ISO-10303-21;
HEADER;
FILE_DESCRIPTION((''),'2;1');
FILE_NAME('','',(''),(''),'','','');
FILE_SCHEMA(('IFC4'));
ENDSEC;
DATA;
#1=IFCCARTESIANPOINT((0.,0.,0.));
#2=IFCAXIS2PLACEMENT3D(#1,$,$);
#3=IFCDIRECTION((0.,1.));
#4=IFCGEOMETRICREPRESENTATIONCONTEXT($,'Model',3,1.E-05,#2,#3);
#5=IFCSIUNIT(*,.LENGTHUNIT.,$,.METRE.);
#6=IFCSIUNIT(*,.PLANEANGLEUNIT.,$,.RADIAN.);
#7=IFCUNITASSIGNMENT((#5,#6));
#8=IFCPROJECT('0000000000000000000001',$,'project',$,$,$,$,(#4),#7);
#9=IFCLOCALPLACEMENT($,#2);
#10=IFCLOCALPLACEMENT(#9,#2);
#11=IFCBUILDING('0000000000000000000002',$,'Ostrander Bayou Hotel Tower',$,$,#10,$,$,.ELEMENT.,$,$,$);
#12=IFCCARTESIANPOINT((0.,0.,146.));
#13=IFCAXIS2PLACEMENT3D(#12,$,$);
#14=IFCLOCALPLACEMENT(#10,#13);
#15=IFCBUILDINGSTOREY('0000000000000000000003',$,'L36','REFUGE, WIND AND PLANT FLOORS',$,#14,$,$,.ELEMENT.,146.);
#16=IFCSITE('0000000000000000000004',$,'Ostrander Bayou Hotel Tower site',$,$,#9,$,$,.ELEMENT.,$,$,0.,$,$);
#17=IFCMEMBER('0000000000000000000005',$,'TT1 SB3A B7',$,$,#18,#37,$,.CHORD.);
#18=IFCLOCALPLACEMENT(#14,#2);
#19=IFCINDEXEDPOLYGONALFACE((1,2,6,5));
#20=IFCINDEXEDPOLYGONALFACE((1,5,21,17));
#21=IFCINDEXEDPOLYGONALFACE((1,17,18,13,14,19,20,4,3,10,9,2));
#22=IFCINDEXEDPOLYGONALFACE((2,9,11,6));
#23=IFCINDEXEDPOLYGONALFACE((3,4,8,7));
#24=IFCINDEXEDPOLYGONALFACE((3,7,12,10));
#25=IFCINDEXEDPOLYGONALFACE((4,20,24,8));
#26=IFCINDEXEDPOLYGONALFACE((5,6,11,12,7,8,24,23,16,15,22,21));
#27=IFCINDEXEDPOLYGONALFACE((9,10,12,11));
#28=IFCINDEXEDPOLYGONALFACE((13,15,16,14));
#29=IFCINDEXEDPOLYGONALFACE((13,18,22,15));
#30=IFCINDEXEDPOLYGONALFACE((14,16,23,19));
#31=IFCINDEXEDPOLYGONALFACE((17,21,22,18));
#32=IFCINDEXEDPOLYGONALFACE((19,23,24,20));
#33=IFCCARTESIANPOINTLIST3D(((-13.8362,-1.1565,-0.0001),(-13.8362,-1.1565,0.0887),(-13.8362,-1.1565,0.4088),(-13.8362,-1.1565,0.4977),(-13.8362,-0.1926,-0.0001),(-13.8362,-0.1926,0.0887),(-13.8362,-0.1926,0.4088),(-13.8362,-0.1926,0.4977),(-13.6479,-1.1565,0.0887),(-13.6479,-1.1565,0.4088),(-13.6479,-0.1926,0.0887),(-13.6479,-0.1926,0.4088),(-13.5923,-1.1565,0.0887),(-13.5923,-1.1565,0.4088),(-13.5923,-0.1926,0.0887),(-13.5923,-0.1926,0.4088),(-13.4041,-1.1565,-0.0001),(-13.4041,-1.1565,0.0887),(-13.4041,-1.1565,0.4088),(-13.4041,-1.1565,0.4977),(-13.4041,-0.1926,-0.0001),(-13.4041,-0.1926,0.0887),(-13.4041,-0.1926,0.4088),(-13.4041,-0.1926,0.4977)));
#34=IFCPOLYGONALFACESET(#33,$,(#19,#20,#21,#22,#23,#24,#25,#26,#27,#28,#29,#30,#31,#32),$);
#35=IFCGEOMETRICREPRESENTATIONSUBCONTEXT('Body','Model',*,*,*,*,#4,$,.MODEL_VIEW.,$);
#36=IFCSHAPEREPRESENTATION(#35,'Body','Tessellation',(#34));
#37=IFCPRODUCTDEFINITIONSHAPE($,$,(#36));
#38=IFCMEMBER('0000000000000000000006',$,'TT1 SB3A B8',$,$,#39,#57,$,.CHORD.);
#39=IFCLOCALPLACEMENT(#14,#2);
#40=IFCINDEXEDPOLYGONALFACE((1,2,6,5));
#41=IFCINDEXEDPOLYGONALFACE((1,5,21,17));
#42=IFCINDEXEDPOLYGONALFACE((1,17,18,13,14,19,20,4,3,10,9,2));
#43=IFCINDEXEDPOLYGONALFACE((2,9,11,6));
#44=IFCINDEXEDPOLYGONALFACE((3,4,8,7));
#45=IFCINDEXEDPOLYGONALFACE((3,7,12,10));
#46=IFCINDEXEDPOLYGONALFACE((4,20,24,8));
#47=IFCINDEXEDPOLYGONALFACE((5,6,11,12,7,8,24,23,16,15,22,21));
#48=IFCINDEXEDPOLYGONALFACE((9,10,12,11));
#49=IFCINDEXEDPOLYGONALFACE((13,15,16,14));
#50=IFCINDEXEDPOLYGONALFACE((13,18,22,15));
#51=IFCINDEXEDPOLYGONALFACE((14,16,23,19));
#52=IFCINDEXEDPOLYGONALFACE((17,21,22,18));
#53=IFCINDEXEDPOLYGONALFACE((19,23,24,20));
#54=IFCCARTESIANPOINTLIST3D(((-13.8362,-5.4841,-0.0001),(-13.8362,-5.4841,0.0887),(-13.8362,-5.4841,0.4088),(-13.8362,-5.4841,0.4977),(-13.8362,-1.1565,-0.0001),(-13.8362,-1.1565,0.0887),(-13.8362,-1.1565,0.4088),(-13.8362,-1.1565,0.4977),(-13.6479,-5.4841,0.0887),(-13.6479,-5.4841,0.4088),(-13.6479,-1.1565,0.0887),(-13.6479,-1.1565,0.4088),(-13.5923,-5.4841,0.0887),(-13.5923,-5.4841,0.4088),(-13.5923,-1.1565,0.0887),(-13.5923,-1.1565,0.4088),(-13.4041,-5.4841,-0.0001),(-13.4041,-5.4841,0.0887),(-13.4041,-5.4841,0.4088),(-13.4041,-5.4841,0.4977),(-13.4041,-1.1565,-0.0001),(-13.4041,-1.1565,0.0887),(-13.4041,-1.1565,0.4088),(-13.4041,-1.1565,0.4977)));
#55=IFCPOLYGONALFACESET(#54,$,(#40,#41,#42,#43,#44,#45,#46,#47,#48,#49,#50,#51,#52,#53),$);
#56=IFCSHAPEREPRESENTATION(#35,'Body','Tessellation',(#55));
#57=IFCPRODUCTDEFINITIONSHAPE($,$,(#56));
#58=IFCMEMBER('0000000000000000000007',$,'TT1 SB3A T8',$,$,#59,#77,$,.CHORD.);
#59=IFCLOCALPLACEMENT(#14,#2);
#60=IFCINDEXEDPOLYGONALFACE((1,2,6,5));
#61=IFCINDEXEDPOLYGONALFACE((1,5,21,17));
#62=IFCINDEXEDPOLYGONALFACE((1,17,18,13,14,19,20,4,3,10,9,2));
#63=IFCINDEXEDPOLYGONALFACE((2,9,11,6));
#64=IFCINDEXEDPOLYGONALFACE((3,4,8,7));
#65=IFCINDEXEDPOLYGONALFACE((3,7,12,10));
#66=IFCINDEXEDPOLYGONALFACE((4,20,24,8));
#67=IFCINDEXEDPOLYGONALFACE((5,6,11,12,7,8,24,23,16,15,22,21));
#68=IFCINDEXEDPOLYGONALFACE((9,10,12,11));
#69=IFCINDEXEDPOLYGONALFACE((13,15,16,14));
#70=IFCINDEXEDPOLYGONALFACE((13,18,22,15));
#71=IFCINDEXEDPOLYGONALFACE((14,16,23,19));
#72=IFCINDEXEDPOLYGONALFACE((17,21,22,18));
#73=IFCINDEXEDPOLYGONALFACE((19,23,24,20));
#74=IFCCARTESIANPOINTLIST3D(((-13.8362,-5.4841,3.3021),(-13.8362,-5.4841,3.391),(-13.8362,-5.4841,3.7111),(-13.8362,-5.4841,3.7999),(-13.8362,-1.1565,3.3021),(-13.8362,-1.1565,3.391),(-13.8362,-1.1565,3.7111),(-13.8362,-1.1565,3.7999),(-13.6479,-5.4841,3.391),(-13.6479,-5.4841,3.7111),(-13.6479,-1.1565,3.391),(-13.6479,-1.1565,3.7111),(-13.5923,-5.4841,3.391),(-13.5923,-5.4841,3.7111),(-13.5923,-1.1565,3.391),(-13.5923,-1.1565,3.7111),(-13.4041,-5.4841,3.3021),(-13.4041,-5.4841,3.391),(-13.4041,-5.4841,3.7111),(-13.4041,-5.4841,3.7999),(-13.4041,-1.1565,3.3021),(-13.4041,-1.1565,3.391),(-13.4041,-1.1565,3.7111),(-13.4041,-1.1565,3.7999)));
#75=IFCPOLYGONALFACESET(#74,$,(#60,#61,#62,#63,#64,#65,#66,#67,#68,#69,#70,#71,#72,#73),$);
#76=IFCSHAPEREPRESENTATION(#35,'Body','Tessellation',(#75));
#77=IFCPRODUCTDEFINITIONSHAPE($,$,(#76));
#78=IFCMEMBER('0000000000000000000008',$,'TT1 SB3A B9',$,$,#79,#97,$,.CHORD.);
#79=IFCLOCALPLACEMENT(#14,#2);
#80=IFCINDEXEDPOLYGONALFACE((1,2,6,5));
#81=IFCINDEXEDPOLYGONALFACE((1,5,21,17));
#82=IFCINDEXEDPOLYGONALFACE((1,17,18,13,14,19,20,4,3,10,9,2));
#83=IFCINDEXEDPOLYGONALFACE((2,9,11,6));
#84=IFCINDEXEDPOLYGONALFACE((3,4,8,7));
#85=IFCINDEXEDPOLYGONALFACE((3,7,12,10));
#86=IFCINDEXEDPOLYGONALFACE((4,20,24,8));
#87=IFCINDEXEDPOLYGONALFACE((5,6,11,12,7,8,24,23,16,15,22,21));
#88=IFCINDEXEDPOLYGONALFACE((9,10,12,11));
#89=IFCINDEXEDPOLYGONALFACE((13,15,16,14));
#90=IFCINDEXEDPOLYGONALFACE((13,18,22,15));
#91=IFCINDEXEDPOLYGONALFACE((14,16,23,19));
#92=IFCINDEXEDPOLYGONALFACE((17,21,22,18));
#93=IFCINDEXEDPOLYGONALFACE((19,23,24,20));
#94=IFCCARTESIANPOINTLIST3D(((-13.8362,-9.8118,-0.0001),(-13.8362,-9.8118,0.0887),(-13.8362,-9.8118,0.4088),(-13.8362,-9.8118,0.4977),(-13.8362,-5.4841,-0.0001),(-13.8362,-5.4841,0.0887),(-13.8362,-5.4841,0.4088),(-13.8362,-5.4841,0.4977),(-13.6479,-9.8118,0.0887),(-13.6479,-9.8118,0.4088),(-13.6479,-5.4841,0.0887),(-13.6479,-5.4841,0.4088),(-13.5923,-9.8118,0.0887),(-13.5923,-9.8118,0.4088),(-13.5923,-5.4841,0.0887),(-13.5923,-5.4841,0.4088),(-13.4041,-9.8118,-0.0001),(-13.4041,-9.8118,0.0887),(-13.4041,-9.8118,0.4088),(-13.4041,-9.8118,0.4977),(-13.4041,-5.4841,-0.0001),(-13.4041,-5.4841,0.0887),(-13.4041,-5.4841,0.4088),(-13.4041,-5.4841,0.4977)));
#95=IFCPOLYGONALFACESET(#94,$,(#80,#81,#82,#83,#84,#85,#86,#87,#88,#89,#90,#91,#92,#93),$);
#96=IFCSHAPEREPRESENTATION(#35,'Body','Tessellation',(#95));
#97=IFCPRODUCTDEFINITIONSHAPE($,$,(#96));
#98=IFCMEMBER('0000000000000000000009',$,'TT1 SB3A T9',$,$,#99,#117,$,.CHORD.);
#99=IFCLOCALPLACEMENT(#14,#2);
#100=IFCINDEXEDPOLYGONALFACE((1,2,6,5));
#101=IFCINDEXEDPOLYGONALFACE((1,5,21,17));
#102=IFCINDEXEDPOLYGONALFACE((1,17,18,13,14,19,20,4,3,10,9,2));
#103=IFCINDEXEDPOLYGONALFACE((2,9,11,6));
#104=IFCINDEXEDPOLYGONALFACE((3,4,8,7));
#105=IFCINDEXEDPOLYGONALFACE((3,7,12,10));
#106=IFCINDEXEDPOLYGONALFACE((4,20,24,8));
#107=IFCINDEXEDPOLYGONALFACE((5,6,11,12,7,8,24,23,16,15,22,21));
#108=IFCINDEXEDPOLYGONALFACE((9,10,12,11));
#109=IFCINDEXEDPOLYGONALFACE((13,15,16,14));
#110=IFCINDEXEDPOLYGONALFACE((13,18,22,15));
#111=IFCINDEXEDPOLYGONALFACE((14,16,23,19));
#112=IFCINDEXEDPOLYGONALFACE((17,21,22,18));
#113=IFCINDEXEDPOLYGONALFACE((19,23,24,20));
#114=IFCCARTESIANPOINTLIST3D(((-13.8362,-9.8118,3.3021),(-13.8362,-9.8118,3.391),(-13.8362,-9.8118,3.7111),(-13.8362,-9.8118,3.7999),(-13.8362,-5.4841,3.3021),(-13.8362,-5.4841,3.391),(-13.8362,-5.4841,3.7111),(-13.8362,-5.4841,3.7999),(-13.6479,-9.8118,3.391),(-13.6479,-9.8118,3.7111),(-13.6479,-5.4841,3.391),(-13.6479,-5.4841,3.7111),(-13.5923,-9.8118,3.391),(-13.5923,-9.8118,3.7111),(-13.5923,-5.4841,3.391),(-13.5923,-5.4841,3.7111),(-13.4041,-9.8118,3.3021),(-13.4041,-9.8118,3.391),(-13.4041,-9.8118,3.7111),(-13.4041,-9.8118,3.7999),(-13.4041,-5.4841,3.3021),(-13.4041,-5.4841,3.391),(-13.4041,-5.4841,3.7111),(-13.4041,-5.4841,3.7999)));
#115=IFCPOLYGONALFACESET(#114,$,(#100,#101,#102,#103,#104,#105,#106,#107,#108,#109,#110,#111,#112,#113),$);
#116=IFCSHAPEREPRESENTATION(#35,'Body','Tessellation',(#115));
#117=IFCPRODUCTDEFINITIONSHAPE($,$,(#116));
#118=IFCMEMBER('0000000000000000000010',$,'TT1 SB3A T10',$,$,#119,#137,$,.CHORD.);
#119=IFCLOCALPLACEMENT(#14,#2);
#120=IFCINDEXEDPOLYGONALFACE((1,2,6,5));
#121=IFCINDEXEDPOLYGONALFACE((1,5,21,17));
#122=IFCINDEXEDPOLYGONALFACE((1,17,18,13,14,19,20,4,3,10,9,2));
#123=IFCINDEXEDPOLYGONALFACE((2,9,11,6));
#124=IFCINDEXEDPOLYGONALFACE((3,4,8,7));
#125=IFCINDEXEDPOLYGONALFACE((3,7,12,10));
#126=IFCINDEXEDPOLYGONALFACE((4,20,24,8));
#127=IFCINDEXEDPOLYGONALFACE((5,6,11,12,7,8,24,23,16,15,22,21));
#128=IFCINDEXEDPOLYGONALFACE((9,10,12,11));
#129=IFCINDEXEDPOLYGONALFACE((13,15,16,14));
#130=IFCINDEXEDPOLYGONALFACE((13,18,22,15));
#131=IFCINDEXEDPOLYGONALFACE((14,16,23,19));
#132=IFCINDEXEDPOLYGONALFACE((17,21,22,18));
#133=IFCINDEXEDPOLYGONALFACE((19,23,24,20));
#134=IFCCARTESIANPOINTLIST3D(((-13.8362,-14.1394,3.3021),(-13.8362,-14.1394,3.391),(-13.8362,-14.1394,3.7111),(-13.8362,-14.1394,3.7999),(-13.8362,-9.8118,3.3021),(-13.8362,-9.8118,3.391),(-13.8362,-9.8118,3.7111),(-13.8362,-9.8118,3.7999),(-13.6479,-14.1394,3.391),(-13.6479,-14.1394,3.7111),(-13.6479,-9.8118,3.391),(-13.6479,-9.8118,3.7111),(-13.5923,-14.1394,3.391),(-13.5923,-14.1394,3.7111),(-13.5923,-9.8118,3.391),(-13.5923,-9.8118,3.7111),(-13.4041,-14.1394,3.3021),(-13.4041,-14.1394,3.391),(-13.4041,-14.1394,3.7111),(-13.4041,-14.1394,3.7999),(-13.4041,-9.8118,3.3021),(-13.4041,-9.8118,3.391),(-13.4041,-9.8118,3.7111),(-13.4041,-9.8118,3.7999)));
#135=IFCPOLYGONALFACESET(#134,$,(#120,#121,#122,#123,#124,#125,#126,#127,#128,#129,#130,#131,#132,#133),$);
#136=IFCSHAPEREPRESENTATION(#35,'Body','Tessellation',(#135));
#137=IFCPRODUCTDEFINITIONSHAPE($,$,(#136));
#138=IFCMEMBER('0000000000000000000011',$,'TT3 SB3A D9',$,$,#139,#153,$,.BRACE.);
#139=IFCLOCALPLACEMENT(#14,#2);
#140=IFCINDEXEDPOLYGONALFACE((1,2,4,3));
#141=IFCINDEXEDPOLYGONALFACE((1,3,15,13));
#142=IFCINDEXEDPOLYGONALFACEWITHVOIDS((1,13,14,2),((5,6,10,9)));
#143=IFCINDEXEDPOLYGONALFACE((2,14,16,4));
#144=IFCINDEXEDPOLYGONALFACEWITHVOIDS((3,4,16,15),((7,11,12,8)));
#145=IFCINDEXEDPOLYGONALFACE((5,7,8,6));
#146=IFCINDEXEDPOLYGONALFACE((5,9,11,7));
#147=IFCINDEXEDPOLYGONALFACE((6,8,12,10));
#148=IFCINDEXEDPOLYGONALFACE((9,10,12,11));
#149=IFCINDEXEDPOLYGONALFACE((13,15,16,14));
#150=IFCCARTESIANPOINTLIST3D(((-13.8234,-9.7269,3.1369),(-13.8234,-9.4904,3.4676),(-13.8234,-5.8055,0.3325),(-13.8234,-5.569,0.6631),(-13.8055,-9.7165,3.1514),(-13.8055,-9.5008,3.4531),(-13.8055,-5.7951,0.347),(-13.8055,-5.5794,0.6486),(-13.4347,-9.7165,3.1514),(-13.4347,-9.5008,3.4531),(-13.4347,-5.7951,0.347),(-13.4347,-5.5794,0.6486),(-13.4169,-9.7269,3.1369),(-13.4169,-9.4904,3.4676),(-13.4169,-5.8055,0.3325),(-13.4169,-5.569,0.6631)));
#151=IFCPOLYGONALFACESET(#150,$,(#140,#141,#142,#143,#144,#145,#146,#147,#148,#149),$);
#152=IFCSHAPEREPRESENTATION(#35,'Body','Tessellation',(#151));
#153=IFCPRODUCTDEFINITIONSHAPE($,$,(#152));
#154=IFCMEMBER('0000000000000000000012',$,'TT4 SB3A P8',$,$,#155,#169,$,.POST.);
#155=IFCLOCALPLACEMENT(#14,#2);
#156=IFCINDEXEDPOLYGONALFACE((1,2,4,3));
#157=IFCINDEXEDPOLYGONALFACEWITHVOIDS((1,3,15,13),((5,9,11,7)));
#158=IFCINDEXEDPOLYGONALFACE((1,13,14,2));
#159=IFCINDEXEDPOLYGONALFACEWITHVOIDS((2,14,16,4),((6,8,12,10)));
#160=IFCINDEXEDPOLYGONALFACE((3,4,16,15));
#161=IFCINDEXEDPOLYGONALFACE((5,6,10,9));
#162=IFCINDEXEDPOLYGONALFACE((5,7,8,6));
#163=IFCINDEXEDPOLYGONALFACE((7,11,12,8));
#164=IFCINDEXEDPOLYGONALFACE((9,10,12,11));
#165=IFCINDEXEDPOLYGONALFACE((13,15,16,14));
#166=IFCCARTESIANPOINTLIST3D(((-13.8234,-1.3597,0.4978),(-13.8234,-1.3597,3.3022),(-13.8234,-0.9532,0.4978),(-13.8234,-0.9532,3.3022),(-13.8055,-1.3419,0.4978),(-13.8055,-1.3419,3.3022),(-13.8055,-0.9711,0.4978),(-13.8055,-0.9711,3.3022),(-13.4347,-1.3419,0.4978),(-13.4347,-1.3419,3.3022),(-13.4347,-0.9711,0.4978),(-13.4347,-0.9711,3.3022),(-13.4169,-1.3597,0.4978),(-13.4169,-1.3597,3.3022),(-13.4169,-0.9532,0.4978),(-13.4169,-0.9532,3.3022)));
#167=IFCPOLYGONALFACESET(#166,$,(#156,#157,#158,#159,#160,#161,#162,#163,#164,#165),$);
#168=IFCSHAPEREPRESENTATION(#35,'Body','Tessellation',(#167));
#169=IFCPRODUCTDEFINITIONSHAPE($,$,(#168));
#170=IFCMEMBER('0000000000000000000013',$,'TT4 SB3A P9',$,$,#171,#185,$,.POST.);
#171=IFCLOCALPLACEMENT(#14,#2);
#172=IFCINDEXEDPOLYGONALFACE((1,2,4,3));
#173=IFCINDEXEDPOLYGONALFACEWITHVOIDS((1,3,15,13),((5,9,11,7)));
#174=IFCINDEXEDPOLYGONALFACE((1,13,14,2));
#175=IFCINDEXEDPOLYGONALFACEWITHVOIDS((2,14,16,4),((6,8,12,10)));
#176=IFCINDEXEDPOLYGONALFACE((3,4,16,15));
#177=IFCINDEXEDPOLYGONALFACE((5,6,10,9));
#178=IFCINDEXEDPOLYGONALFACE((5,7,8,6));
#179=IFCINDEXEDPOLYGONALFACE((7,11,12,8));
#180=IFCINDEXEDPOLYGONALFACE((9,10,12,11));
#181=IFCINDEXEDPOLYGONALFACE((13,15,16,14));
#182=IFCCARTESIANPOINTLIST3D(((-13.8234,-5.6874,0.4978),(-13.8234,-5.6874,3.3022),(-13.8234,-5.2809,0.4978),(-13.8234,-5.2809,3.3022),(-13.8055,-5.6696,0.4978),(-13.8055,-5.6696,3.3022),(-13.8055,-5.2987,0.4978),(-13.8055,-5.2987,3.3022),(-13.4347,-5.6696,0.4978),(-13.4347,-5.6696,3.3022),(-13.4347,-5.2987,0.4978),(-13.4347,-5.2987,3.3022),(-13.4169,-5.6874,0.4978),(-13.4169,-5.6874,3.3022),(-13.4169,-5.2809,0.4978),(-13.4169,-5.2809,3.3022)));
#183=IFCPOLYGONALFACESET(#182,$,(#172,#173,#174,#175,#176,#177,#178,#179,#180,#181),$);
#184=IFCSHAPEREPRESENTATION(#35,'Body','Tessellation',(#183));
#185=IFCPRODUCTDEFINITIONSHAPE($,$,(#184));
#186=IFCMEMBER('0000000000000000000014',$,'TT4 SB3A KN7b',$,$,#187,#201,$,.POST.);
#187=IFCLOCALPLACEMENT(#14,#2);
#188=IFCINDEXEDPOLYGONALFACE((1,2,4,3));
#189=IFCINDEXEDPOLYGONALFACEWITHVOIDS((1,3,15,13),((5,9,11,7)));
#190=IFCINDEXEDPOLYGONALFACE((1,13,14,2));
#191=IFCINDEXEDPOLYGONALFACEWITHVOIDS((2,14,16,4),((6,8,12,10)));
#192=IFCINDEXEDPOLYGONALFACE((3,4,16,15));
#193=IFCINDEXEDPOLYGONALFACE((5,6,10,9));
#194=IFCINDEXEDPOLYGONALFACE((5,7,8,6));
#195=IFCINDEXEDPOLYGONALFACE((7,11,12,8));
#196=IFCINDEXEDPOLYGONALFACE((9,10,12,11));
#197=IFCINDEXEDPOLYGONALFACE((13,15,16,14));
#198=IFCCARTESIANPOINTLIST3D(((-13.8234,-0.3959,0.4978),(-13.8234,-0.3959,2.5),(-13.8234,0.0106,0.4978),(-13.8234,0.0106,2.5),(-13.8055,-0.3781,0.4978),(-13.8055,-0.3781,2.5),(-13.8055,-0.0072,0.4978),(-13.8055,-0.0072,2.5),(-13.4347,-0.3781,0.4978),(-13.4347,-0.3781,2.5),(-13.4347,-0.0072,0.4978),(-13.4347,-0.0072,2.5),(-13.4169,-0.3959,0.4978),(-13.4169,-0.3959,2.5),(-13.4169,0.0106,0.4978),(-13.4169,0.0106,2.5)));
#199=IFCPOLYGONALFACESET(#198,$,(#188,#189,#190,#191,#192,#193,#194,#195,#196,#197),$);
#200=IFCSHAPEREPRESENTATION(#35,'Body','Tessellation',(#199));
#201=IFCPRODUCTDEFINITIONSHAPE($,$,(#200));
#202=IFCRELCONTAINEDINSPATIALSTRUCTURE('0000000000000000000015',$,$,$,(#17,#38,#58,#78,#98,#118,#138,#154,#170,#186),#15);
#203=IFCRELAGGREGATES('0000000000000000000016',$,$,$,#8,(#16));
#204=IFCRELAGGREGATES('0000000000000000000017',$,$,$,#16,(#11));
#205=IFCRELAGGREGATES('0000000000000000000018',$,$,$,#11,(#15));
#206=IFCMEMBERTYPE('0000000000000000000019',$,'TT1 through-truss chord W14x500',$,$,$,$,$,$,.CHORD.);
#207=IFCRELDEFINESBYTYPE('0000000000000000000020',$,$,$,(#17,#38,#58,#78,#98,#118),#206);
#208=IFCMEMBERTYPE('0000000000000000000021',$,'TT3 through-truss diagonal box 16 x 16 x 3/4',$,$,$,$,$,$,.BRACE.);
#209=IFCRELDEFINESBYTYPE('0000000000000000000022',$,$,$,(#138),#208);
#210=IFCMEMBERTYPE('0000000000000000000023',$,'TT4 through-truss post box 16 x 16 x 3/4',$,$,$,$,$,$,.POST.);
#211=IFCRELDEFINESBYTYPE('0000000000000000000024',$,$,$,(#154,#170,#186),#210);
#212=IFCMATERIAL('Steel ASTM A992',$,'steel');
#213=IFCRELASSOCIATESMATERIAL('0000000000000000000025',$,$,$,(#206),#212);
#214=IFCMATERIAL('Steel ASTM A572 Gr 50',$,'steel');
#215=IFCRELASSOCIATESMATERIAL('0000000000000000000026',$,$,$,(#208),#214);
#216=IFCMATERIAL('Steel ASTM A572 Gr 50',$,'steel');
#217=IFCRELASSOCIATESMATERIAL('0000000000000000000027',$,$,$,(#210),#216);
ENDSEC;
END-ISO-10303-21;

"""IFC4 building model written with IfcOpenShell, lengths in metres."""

from ifc_helpers import new_model, si_unit, direction, frame, origin, origin_2d, place, context, subcontext, project, spatial, hollow_rectangle, i_section, extrude, material, material_profile, profile_set, type_object, element, save


model = new_model("IFC4")

# Units and contexts
model_context = context("Model", 3, precision=1e-05, world=origin(), true_north=direction((0.0, 1.0)))
body_context = subcontext(model_context, "Body", "Model", "MODEL_VIEW")
ifc_project = project(units=[si_unit("LENGTHUNIT", "METRE"), si_unit("PLANEANGLEUNIT", "RADIAN")], contexts=[model_context])

# Site, building, storey
site_placement = place(None, origin())
site = spatial("IfcSite", under=ifc_project, at=site_placement, Name="Ostrander Bayou Hotel Tower site", CompositionType="ELEMENT", RefElevation=0.0)
building_placement = place(site_placement, origin())
building = spatial("IfcBuilding", under=site, at=building_placement, Name="Ostrander Bayou Hotel Tower", CompositionType="ELEMENT")
storey_placement = place(building_placement, frame((0.0, 0.0, 146.0)))
storey = spatial("IfcBuildingStorey", under=building, at=storey_placement, Name="L36", Description="REFUGE, WIND AND PLANT FLOORS", CompositionType="ELEMENT", Elevation=146.0)

# Members
ifc_material_1 = material(Name="Steel ASTM A992", Category="steel")
ifc_material_profile_1 = material_profile(ifc_material_1, i_section(OverallWidth=0.4321, OverallDepth=0.4978, WebThickness=0.0557, FlangeThickness=0.0889, at=origin_2d()))
ifc_profile_set_1 = profile_set([ifc_material_profile_1], Name="Steel ASTM A992")
member_type_1 = type_object("IfcMemberType", Name="TT1 through-truss chord W14x500", PredefinedType="CHORD", material=ifc_profile_set_1)
member_1_placement = place(storey_placement, frame((-13.6201, -0.1926, 0.2488), z_axis=(0.0, -1.0, 0.0), x_axis=(1.0, 0.0, 0.0)))
element("IfcMember", 1, at=member_1_placement, inside=storey, type_object=member_type_1, Name="TT1 SB3A B7", PredefinedType="CHORD", context=body_context, shape_type="SweptSolid", body=[
    extrude(i_section(OverallWidth=0.4321, OverallDepth=0.4978, WebThickness=0.0557, FlangeThickness=0.0889, at=origin_2d()), origin(), (0.0, 0.0, 1.0), 0.9639),
])
for number, where, z_axis, x_axis, name in (
    (2, (-13.6201, -1.1565, 0.2488), (0.0, -1.0, 0.0), (1.0, 0.0, 0.0), "TT1 SB3A B8"),
    (3, (-13.6201, -1.1565, 3.551), (0.0, -1.0, 0.0), (1.0, 0.0, 0.0), "TT1 SB3A T8"),
    (4, (-13.6201, -5.4841, 0.2488), (0.0, -1.0, 0.0), (1.0, 0.0, 0.0), "TT1 SB3A B9"),
    (5, (-13.6201, -5.4841, 3.551), (0.0, -1.0, 0.0), (1.0, 0.0, 0.0), "TT1 SB3A T9"),
    (6, (-13.6201, -9.8118, 3.551), (0.0, -1.0, 0.0), (1.0, 0.0, 0.0), "TT1 SB3A T10"),
):
    element("IfcMember", number, at=place(storey_placement, frame(where, z_axis=z_axis, x_axis=x_axis)), inside=storey, type_object=member_type_1, Name=name, PredefinedType="CHORD", context=body_context, shape_type="SweptSolid", body=[
        extrude(i_section(OverallWidth=0.4321, OverallDepth=0.4978, WebThickness=0.0557, FlangeThickness=0.0889, at=origin_2d()), origin(), (0.0, 0.0, 1.0), 4.3276),
    ])
ifc_material_2 = material(Name="Steel ASTM A572 Gr 50", Category="steel")
ifc_material_profile_2 = material_profile(ifc_material_2, hollow_rectangle(XDim=0.4065, YDim=0.4065, WallThickness=0.0178, at=origin_2d()))
ifc_profile_set_2 = profile_set([ifc_material_profile_2], Name="Steel ASTM A572 Gr 50")
member_type_2 = type_object("IfcMemberType", Name="TT3 through-truss diagonal box 16 x 16 x 3/4", PredefinedType="BRACE", material=ifc_profile_set_2)
member_2_placement = place(storey_placement, frame((-13.6201, -5.6873, 0.4978), z_axis=(0.0, -0.813395, 0.581712), x_axis=(1.0, 0.0, 0.0)))
element("IfcMember", 7, at=member_2_placement, inside=storey, type_object=member_type_2, Name="TT3 SB3A D9", PredefinedType="BRACE", context=body_context, shape_type="SweptSolid", body=[
    extrude(hollow_rectangle(XDim=0.4065, YDim=0.4065, WallThickness=0.0178, at=origin_2d()), origin(), (0.0, 0.0, 1.0), 4.821),
])
ifc_material_3 = material(Name="Steel ASTM A572 Gr 50", Category="steel")
ifc_material_profile_3 = material_profile(ifc_material_3, hollow_rectangle(XDim=0.4065, YDim=0.4065, WallThickness=0.0178, at=origin_2d()))
ifc_profile_set_3 = profile_set([ifc_material_profile_3], Name="Steel ASTM A572 Gr 50")
member_type_3 = type_object("IfcMemberType", Name="TT4 through-truss post box 16 x 16 x 3/4", PredefinedType="POST", material=ifc_profile_set_3)
for number, where, z_axis, x_axis, name in (
    (8, (-13.6201, -1.1565, 0.4978), (0.0, 0.0, 1.0), (1.0, 0.0, 0.0), "TT4 SB3A P8"),
    (9, (-13.6201, -5.4841, 0.4978), (0.0, 0.0, 1.0), (1.0, 0.0, 0.0), "TT4 SB3A P9"),
):
    element("IfcMember", number, at=place(storey_placement, frame(where, z_axis=z_axis, x_axis=x_axis)), inside=storey, type_object=member_type_3, Name=name, PredefinedType="POST", context=body_context, shape_type="SweptSolid", body=[
        extrude(hollow_rectangle(XDim=0.4065, YDim=0.4065, WallThickness=0.0178, at=origin_2d()), origin(), (0.0, 0.0, 1.0), 2.8044),
    ])
member_3_placement = place(storey_placement, frame((-13.6201, -0.1926, 0.4978), z_axis=(0.0, 0.0, 1.0), x_axis=(1.0, 0.0, 0.0)))
element("IfcMember", 10, at=member_3_placement, inside=storey, type_object=member_type_3, Name="TT4 SB3A KN7b", PredefinedType="POST", context=body_context, shape_type="SweptSolid", body=[
    extrude(hollow_rectangle(XDim=0.4065, YDim=0.4065, WallThickness=0.0178, at=origin_2d()), origin(), (0.0, 0.0, 1.0), 2.0022),
])

save(model, "model.ifc")
